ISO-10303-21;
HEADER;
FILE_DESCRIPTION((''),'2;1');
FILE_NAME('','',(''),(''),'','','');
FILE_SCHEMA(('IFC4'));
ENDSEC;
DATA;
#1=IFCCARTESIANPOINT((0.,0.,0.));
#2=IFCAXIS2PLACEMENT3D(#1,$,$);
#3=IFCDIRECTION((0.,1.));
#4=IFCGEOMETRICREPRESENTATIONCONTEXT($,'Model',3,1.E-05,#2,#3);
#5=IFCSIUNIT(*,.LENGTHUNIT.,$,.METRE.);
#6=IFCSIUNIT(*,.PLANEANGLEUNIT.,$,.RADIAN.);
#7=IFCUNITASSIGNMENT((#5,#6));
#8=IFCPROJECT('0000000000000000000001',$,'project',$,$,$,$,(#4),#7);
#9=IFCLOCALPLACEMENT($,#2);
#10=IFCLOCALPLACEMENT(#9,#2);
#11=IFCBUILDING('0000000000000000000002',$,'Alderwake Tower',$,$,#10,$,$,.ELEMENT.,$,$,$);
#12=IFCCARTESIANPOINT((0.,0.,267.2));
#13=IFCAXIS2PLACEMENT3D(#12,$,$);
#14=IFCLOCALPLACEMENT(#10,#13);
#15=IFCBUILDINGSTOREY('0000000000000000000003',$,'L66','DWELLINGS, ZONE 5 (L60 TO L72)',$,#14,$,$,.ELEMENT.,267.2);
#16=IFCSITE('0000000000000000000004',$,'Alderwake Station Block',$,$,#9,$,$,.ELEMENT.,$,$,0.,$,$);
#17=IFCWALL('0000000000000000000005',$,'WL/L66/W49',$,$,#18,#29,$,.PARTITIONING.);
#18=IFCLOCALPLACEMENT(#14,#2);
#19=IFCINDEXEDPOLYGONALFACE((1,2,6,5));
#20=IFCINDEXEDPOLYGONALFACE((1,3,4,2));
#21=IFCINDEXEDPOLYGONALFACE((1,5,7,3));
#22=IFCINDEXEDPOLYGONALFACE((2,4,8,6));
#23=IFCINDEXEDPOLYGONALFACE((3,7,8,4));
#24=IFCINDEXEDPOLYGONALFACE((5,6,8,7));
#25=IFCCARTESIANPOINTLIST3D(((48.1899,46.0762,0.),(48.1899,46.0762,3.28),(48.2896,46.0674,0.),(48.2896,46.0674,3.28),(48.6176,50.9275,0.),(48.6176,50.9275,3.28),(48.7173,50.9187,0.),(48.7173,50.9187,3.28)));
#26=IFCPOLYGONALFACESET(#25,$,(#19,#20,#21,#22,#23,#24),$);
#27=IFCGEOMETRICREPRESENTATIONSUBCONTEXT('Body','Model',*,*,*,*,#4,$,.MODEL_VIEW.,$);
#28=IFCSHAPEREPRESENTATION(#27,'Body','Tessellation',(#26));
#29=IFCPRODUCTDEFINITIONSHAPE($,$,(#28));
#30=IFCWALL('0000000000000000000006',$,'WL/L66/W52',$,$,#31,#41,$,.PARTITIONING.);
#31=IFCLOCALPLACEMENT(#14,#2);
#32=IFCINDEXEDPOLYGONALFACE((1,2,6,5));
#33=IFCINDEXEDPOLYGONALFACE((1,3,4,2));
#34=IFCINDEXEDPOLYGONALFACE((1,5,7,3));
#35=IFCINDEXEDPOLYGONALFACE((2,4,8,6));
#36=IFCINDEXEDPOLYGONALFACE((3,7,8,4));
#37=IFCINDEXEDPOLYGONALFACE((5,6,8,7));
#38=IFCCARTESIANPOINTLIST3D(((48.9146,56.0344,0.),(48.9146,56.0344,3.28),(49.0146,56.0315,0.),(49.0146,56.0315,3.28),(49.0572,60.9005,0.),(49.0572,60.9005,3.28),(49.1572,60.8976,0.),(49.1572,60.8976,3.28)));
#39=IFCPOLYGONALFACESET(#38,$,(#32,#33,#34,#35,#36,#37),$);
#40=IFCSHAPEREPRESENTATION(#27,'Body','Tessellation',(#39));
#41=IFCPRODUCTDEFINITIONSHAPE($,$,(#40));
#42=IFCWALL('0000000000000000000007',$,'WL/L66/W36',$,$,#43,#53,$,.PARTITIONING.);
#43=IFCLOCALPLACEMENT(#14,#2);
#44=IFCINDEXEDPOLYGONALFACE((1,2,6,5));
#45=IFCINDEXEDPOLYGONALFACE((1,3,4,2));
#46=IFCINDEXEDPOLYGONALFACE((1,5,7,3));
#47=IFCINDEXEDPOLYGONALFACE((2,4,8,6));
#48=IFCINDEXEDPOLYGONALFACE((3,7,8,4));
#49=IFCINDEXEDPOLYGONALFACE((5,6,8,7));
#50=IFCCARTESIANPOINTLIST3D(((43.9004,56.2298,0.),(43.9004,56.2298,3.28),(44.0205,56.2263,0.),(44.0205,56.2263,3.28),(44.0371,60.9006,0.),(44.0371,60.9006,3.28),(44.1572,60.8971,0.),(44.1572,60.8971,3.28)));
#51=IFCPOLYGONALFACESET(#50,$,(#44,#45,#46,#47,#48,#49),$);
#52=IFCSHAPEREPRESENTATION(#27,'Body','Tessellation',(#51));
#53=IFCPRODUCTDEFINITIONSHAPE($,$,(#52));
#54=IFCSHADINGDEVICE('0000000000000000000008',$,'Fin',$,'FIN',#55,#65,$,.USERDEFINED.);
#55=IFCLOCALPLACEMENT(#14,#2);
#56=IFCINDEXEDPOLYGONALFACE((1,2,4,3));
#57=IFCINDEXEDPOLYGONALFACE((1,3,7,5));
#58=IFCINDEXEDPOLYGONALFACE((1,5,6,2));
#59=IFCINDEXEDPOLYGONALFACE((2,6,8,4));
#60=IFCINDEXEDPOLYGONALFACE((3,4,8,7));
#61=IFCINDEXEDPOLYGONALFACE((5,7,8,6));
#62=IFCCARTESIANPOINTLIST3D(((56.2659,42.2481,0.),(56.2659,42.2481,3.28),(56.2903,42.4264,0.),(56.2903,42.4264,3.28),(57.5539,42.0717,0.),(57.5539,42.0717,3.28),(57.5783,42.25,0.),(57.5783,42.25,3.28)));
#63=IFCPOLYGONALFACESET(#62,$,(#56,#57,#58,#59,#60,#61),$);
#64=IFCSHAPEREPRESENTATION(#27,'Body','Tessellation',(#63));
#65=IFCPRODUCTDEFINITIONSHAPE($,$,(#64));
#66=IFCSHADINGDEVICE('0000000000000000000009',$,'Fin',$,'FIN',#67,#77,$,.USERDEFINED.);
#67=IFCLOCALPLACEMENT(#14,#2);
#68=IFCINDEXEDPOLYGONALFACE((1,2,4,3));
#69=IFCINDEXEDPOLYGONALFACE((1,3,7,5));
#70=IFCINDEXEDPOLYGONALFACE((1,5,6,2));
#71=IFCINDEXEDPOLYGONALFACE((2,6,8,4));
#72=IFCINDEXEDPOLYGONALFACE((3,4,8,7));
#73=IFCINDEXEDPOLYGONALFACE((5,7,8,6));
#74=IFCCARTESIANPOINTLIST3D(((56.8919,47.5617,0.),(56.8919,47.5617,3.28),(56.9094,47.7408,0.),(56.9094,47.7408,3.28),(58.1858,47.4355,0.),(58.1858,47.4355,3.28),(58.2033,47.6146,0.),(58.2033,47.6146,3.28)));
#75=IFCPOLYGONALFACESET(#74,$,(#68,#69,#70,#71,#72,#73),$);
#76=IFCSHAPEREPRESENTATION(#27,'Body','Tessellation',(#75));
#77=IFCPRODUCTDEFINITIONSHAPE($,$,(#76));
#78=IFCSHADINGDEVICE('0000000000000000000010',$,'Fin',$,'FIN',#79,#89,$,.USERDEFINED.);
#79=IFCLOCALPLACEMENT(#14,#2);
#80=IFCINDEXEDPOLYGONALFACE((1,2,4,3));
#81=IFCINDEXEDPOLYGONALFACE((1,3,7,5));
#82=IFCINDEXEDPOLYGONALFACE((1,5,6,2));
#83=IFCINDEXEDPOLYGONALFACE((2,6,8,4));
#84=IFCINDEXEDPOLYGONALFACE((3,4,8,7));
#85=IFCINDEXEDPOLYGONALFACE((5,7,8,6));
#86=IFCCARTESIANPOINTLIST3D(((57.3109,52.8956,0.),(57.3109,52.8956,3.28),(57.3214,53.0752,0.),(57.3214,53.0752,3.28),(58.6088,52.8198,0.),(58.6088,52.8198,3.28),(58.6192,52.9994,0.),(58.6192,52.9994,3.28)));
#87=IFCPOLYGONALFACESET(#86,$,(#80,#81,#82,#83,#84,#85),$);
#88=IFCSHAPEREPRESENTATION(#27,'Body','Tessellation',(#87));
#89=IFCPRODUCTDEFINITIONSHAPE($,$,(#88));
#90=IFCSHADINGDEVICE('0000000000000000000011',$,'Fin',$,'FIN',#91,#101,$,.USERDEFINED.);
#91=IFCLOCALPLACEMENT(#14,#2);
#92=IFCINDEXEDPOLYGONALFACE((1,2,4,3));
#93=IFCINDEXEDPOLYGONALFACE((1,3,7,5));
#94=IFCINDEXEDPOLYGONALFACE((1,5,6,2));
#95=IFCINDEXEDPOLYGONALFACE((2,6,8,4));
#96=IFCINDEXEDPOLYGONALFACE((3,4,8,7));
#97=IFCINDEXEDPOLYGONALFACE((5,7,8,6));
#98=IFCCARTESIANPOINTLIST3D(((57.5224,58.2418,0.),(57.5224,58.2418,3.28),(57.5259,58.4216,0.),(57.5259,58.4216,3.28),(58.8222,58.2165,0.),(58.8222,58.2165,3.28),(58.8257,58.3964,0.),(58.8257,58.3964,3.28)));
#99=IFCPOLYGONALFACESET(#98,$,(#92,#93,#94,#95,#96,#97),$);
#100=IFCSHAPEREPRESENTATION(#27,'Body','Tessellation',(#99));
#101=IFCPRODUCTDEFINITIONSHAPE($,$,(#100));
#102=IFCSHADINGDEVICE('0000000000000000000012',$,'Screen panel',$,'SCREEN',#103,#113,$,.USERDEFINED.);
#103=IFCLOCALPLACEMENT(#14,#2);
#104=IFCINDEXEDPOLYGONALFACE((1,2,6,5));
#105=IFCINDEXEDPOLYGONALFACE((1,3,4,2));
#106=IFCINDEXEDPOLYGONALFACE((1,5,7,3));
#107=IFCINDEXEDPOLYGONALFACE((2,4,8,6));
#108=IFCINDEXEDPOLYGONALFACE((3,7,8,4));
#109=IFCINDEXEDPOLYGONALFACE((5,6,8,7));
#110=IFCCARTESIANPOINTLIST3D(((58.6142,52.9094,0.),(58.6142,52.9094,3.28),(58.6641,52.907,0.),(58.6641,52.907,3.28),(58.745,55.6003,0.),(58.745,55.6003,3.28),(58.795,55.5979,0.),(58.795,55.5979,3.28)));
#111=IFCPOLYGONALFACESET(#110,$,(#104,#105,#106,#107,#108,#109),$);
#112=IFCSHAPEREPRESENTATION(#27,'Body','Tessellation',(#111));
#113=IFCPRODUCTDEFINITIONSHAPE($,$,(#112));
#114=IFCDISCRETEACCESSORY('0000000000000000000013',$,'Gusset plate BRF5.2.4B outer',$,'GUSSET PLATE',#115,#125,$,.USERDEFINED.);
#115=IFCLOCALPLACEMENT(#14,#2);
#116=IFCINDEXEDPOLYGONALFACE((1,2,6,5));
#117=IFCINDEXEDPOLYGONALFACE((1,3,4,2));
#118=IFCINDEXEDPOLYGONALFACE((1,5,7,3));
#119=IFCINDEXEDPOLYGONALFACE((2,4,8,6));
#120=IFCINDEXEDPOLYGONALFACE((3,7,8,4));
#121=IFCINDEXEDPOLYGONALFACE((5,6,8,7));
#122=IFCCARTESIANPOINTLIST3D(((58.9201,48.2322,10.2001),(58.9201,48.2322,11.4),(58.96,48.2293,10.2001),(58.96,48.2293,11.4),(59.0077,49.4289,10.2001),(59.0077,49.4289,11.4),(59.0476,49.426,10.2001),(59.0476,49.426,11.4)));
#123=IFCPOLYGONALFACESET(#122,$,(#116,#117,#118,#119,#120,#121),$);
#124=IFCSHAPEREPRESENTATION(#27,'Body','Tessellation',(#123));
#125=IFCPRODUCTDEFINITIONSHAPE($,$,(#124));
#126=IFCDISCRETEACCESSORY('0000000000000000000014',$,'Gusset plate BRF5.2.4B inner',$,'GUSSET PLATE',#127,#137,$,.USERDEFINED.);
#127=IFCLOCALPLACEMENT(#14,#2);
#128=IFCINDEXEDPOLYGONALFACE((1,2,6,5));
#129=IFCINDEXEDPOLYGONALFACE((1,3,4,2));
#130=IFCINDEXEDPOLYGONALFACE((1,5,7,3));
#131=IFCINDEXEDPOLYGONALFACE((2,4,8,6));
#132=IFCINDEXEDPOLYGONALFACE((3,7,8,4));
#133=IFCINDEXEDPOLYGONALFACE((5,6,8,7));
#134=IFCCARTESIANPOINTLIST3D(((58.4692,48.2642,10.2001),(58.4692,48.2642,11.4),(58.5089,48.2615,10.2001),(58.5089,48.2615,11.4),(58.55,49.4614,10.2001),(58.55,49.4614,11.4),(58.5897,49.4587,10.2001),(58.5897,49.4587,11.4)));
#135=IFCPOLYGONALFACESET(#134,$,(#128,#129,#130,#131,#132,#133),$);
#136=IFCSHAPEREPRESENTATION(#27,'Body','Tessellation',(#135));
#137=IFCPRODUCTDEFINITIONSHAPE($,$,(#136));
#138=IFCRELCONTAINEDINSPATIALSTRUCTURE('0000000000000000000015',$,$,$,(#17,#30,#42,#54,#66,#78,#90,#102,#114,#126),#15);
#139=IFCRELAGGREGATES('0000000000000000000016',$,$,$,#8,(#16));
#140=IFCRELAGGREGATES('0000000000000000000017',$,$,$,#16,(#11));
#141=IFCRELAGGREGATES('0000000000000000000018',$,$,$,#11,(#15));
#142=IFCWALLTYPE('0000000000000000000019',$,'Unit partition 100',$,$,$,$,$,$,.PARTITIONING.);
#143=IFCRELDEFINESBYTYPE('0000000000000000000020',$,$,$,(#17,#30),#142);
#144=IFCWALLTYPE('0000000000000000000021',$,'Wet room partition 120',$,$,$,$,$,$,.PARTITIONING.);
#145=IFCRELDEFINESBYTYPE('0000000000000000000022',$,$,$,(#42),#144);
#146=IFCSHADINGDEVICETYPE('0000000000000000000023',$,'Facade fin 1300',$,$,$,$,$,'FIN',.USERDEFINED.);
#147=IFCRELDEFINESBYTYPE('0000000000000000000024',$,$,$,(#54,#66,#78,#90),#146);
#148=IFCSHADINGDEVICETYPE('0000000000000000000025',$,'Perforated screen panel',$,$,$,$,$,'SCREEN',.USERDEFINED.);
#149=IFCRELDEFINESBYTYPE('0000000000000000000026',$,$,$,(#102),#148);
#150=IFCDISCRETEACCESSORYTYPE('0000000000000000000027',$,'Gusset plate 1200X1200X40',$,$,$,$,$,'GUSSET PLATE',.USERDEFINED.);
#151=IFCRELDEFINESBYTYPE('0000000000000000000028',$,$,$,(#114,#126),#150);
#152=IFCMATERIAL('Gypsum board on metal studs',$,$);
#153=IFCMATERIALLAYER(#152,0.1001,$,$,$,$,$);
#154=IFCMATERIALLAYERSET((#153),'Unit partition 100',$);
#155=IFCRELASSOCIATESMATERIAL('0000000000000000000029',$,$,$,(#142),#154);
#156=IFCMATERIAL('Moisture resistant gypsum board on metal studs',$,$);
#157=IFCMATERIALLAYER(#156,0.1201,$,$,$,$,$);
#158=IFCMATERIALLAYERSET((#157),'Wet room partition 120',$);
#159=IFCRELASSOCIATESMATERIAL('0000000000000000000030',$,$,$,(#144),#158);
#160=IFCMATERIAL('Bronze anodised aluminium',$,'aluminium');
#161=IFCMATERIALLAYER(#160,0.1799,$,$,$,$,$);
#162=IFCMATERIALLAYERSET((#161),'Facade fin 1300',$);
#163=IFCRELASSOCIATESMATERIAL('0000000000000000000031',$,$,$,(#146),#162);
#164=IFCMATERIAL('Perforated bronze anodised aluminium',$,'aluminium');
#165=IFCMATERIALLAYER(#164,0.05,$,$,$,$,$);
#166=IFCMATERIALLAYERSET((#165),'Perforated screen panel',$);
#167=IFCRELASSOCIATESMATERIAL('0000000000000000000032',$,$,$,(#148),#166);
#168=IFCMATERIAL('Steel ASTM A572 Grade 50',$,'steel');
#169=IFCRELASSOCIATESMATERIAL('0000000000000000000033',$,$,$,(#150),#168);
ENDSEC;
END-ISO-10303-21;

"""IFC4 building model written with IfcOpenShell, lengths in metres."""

from ifc_helpers import new_model, si_unit, direction, frame, frame_2d, origin, origin_2d, place, context, subcontext, project, spatial, rectangle, extrude, material, layer, layer_set, material_profile, profile_set, type_object, element, save


model = new_model("IFC4")

# Units and contexts
model_context = context("Model", 3, precision=1e-05, world=origin(), true_north=direction((0.0, 1.0)))
body_context = subcontext(model_context, "Body", "Model", "MODEL_VIEW")
ifc_project = project(units=[si_unit("LENGTHUNIT", "METRE"), si_unit("PLANEANGLEUNIT", "RADIAN")], contexts=[model_context])

# Site, building, storey
site_placement = place(None, origin())
site = spatial("IfcSite", under=ifc_project, at=site_placement, Name="Alderwake Station Block", CompositionType="ELEMENT", RefElevation=0.0)
building_placement = place(site_placement, origin())
building = spatial("IfcBuilding", under=site, at=building_placement, Name="Alderwake Tower", CompositionType="ELEMENT")
storey_placement = place(building_placement, frame((0.0, 0.0, 267.2)))
storey = spatial("IfcBuildingStorey", under=building, at=storey_placement, Name="L66", Description="DWELLINGS, ZONE 5 (L60 TO L72)", CompositionType="ELEMENT", Elevation=267.2)

# Shared definitions
ifc_material_1 = material(Name="Gypsum board on metal studs")
ifc_layer_1 = layer(ifc_material_1, 0.1001)
ifc_layer_set_1 = layer_set([ifc_layer_1], Name="Unit partition 100")
wall_type_1 = type_object("IfcWallType", Name="Unit partition 100", PredefinedType="PARTITIONING", material=ifc_layer_set_1)

# Walls
wall_1_placement = place(storey_placement, frame((48.2397, 46.0718, 0.0), z_axis=(0.0, 0.0, 1.0), x_axis=(0.087828, 0.996136, 0.0)))
element("IfcWall", 1, at=wall_1_placement, inside=storey, type_object=wall_type_1, Name="WL/L66/W49", PredefinedType="PARTITIONING", context=body_context, shape_type="SweptSolid", body=[
    extrude(rectangle(XDim=4.8701, YDim=0.1001, at=frame_2d((2.4351, 0.0))), origin(), (0.0, 0.0, 1.0), 3.28),
])
wall_2_placement = place(storey_placement, frame((48.9646, 56.033, 0.0), z_axis=(0.0, 0.0, 1.0), x_axis=(0.029289, 0.999571, 0.0)))
element("IfcWall", 2, at=wall_2_placement, inside=storey, type_object=wall_type_1, Name="WL/L66/W52", PredefinedType="PARTITIONING", context=body_context, shape_type="SweptSolid", body=[
    extrude(rectangle(XDim=4.8682, YDim=0.1001, at=frame_2d((2.4341, 0.0))), origin(), (0.0, 0.0, 1.0), 3.28),
])
ifc_material_2 = material(Name="Moisture resistant gypsum board on metal studs")
ifc_layer_2 = layer(ifc_material_2, 0.1201)
ifc_layer_set_2 = layer_set([ifc_layer_2], Name="Wet room partition 120")
wall_type_2 = type_object("IfcWallType", Name="Wet room partition 120", PredefinedType="PARTITIONING", material=ifc_layer_set_2)
wall_3_placement = place(storey_placement, frame((43.9604, 56.228, 0.0), z_axis=(0.0, 0.0, 1.0), x_axis=(0.029258, 0.999572, 0.0)))
element("IfcWall", 3, at=wall_3_placement, inside=storey, type_object=wall_type_2, Name="WL/L66/W36", PredefinedType="PARTITIONING", context=body_context, shape_type="SweptSolid", body=[
    extrude(rectangle(XDim=4.6729, YDim=0.1201, at=frame_2d((2.3364, 0.0))), origin(), (0.0, 0.0, 1.0), 3.28),
])

# Shading devices
ifc_material_3 = material(Name="Bronze anodised aluminium", Category="aluminium")
ifc_layer_3 = layer(ifc_material_3, 0.1799)
ifc_layer_set_3 = layer_set([ifc_layer_3], Name="Facade fin 1300")
shading_device_type_1 = type_object("IfcShadingDeviceType", Name="Facade fin 1300", ElementType="FIN", PredefinedType="USERDEFINED", material=ifc_layer_set_3)
for number, where, z_axis, x_axis, name in (
    (4, (56.9221, 42.249, 0.0), (0.0, 0.0, 1.0), (0.990753, -0.135681, 0.0), "Fin"),
    (5, (57.5476, 47.5881, 0.0), (0.0, 0.0, 1.0), (0.99528, -0.097046, 0.0), "Fin"),
    (6, (57.9651, 52.9475, 0.0), (0.0, 0.0, 1.0), (0.998301, -0.058266, 0.0), "Fin"),
    (7, (58.1741, 58.3191, 0.0), (0.0, 0.0, 1.0), (0.999812, -0.019398, 0.0), "Fin"),
):
    element("IfcShadingDevice", number, at=place(storey_placement, frame(where, z_axis=z_axis, x_axis=x_axis)), inside=storey, type_object=shading_device_type_1, Name=name, ObjectType="FIN", PredefinedType="USERDEFINED", context=body_context, shape_type="SweptSolid", body=[
        extrude(rectangle(XDim=1.3, YDim=0.1799, at=origin_2d()), origin(), (0.0, 0.0, 1.0), 3.28),
    ])
ifc_material_4 = material(Name="Perforated bronze anodised aluminium", Category="aluminium")
ifc_layer_4 = layer(ifc_material_4, 0.05)
ifc_layer_set_4 = layer_set([ifc_layer_4], Name="Perforated screen panel")
shading_device_type_2 = type_object("IfcShadingDeviceType", Name="Perforated screen panel", ElementType="SCREEN", PredefinedType="USERDEFINED", material=ifc_layer_set_4)
shading_device_placement = place(storey_placement, frame((58.7046, 54.2537, 0.0), z_axis=(0.0, 0.0, 1.0), x_axis=(0.998819, -0.048581, 0.0)))
element("IfcShadingDevice", 8, at=shading_device_placement, inside=storey, type_object=shading_device_type_2, Name="Screen panel", ObjectType="SCREEN", PredefinedType="USERDEFINED", context=body_context, shape_type="SweptSolid", body=[
    extrude(rectangle(XDim=0.05, YDim=2.6941, at=origin_2d()), origin(), (0.0, 0.0, 1.0), 3.28),
])

# Discrete accessories
ifc_material_5 = material(Name="Steel ASTM A572 Grade 50", Category="steel")
ifc_material_profile_1 = material_profile(ifc_material_5, rectangle(XDim=1.2, YDim=1.2, at=origin_2d()), Name="gusset 1200X1200")
ifc_profile_set_1 = profile_set([ifc_material_profile_1], Name="Steel ASTM A572 Grade 50")
discrete_accessory_type = type_object("IfcDiscreteAccessoryType", Name="Gusset plate 1200X1200X40", ElementType="GUSSET PLATE", PredefinedType="USERDEFINED", material=ifc_profile_set_1)
discrete_accessory_1_placement = place(storey_placement, frame((58.9639, 48.8306, 10.8), z_axis=(0.997334, -0.072976, 0.0), x_axis=(0.072976, 0.997334, 0.0)))
element("IfcDiscreteAccessory", 9, at=discrete_accessory_1_placement, inside=storey, type_object=discrete_accessory_type, Name="Gusset plate BRF5.2.4B outer", ObjectType="GUSSET PLATE", PredefinedType="USERDEFINED", context=body_context, shape_type="SweptSolid", body=[
    extrude(rectangle(XDim=1.2, YDim=1.2, at=origin_2d()), origin(), (0.0, 0.0, 1.0), 0.04),
])
discrete_accessory_2_placement = place(storey_placement, frame((58.5493, 48.8601, 10.8), z_axis=(-0.997731, 0.067332, 0.0), x_axis=(-0.067332, -0.997731, 0.0)))
element("IfcDiscreteAccessory", 10, at=discrete_accessory_2_placement, inside=storey, type_object=discrete_accessory_type, Name="Gusset plate BRF5.2.4B inner", ObjectType="GUSSET PLATE", PredefinedType="USERDEFINED", context=body_context, shape_type="SweptSolid", body=[
    extrude(rectangle(XDim=1.2, YDim=1.2, at=origin_2d()), origin(), (0.0, 0.0, 1.0), 0.0398),
])

save(model, "model.ifc")
